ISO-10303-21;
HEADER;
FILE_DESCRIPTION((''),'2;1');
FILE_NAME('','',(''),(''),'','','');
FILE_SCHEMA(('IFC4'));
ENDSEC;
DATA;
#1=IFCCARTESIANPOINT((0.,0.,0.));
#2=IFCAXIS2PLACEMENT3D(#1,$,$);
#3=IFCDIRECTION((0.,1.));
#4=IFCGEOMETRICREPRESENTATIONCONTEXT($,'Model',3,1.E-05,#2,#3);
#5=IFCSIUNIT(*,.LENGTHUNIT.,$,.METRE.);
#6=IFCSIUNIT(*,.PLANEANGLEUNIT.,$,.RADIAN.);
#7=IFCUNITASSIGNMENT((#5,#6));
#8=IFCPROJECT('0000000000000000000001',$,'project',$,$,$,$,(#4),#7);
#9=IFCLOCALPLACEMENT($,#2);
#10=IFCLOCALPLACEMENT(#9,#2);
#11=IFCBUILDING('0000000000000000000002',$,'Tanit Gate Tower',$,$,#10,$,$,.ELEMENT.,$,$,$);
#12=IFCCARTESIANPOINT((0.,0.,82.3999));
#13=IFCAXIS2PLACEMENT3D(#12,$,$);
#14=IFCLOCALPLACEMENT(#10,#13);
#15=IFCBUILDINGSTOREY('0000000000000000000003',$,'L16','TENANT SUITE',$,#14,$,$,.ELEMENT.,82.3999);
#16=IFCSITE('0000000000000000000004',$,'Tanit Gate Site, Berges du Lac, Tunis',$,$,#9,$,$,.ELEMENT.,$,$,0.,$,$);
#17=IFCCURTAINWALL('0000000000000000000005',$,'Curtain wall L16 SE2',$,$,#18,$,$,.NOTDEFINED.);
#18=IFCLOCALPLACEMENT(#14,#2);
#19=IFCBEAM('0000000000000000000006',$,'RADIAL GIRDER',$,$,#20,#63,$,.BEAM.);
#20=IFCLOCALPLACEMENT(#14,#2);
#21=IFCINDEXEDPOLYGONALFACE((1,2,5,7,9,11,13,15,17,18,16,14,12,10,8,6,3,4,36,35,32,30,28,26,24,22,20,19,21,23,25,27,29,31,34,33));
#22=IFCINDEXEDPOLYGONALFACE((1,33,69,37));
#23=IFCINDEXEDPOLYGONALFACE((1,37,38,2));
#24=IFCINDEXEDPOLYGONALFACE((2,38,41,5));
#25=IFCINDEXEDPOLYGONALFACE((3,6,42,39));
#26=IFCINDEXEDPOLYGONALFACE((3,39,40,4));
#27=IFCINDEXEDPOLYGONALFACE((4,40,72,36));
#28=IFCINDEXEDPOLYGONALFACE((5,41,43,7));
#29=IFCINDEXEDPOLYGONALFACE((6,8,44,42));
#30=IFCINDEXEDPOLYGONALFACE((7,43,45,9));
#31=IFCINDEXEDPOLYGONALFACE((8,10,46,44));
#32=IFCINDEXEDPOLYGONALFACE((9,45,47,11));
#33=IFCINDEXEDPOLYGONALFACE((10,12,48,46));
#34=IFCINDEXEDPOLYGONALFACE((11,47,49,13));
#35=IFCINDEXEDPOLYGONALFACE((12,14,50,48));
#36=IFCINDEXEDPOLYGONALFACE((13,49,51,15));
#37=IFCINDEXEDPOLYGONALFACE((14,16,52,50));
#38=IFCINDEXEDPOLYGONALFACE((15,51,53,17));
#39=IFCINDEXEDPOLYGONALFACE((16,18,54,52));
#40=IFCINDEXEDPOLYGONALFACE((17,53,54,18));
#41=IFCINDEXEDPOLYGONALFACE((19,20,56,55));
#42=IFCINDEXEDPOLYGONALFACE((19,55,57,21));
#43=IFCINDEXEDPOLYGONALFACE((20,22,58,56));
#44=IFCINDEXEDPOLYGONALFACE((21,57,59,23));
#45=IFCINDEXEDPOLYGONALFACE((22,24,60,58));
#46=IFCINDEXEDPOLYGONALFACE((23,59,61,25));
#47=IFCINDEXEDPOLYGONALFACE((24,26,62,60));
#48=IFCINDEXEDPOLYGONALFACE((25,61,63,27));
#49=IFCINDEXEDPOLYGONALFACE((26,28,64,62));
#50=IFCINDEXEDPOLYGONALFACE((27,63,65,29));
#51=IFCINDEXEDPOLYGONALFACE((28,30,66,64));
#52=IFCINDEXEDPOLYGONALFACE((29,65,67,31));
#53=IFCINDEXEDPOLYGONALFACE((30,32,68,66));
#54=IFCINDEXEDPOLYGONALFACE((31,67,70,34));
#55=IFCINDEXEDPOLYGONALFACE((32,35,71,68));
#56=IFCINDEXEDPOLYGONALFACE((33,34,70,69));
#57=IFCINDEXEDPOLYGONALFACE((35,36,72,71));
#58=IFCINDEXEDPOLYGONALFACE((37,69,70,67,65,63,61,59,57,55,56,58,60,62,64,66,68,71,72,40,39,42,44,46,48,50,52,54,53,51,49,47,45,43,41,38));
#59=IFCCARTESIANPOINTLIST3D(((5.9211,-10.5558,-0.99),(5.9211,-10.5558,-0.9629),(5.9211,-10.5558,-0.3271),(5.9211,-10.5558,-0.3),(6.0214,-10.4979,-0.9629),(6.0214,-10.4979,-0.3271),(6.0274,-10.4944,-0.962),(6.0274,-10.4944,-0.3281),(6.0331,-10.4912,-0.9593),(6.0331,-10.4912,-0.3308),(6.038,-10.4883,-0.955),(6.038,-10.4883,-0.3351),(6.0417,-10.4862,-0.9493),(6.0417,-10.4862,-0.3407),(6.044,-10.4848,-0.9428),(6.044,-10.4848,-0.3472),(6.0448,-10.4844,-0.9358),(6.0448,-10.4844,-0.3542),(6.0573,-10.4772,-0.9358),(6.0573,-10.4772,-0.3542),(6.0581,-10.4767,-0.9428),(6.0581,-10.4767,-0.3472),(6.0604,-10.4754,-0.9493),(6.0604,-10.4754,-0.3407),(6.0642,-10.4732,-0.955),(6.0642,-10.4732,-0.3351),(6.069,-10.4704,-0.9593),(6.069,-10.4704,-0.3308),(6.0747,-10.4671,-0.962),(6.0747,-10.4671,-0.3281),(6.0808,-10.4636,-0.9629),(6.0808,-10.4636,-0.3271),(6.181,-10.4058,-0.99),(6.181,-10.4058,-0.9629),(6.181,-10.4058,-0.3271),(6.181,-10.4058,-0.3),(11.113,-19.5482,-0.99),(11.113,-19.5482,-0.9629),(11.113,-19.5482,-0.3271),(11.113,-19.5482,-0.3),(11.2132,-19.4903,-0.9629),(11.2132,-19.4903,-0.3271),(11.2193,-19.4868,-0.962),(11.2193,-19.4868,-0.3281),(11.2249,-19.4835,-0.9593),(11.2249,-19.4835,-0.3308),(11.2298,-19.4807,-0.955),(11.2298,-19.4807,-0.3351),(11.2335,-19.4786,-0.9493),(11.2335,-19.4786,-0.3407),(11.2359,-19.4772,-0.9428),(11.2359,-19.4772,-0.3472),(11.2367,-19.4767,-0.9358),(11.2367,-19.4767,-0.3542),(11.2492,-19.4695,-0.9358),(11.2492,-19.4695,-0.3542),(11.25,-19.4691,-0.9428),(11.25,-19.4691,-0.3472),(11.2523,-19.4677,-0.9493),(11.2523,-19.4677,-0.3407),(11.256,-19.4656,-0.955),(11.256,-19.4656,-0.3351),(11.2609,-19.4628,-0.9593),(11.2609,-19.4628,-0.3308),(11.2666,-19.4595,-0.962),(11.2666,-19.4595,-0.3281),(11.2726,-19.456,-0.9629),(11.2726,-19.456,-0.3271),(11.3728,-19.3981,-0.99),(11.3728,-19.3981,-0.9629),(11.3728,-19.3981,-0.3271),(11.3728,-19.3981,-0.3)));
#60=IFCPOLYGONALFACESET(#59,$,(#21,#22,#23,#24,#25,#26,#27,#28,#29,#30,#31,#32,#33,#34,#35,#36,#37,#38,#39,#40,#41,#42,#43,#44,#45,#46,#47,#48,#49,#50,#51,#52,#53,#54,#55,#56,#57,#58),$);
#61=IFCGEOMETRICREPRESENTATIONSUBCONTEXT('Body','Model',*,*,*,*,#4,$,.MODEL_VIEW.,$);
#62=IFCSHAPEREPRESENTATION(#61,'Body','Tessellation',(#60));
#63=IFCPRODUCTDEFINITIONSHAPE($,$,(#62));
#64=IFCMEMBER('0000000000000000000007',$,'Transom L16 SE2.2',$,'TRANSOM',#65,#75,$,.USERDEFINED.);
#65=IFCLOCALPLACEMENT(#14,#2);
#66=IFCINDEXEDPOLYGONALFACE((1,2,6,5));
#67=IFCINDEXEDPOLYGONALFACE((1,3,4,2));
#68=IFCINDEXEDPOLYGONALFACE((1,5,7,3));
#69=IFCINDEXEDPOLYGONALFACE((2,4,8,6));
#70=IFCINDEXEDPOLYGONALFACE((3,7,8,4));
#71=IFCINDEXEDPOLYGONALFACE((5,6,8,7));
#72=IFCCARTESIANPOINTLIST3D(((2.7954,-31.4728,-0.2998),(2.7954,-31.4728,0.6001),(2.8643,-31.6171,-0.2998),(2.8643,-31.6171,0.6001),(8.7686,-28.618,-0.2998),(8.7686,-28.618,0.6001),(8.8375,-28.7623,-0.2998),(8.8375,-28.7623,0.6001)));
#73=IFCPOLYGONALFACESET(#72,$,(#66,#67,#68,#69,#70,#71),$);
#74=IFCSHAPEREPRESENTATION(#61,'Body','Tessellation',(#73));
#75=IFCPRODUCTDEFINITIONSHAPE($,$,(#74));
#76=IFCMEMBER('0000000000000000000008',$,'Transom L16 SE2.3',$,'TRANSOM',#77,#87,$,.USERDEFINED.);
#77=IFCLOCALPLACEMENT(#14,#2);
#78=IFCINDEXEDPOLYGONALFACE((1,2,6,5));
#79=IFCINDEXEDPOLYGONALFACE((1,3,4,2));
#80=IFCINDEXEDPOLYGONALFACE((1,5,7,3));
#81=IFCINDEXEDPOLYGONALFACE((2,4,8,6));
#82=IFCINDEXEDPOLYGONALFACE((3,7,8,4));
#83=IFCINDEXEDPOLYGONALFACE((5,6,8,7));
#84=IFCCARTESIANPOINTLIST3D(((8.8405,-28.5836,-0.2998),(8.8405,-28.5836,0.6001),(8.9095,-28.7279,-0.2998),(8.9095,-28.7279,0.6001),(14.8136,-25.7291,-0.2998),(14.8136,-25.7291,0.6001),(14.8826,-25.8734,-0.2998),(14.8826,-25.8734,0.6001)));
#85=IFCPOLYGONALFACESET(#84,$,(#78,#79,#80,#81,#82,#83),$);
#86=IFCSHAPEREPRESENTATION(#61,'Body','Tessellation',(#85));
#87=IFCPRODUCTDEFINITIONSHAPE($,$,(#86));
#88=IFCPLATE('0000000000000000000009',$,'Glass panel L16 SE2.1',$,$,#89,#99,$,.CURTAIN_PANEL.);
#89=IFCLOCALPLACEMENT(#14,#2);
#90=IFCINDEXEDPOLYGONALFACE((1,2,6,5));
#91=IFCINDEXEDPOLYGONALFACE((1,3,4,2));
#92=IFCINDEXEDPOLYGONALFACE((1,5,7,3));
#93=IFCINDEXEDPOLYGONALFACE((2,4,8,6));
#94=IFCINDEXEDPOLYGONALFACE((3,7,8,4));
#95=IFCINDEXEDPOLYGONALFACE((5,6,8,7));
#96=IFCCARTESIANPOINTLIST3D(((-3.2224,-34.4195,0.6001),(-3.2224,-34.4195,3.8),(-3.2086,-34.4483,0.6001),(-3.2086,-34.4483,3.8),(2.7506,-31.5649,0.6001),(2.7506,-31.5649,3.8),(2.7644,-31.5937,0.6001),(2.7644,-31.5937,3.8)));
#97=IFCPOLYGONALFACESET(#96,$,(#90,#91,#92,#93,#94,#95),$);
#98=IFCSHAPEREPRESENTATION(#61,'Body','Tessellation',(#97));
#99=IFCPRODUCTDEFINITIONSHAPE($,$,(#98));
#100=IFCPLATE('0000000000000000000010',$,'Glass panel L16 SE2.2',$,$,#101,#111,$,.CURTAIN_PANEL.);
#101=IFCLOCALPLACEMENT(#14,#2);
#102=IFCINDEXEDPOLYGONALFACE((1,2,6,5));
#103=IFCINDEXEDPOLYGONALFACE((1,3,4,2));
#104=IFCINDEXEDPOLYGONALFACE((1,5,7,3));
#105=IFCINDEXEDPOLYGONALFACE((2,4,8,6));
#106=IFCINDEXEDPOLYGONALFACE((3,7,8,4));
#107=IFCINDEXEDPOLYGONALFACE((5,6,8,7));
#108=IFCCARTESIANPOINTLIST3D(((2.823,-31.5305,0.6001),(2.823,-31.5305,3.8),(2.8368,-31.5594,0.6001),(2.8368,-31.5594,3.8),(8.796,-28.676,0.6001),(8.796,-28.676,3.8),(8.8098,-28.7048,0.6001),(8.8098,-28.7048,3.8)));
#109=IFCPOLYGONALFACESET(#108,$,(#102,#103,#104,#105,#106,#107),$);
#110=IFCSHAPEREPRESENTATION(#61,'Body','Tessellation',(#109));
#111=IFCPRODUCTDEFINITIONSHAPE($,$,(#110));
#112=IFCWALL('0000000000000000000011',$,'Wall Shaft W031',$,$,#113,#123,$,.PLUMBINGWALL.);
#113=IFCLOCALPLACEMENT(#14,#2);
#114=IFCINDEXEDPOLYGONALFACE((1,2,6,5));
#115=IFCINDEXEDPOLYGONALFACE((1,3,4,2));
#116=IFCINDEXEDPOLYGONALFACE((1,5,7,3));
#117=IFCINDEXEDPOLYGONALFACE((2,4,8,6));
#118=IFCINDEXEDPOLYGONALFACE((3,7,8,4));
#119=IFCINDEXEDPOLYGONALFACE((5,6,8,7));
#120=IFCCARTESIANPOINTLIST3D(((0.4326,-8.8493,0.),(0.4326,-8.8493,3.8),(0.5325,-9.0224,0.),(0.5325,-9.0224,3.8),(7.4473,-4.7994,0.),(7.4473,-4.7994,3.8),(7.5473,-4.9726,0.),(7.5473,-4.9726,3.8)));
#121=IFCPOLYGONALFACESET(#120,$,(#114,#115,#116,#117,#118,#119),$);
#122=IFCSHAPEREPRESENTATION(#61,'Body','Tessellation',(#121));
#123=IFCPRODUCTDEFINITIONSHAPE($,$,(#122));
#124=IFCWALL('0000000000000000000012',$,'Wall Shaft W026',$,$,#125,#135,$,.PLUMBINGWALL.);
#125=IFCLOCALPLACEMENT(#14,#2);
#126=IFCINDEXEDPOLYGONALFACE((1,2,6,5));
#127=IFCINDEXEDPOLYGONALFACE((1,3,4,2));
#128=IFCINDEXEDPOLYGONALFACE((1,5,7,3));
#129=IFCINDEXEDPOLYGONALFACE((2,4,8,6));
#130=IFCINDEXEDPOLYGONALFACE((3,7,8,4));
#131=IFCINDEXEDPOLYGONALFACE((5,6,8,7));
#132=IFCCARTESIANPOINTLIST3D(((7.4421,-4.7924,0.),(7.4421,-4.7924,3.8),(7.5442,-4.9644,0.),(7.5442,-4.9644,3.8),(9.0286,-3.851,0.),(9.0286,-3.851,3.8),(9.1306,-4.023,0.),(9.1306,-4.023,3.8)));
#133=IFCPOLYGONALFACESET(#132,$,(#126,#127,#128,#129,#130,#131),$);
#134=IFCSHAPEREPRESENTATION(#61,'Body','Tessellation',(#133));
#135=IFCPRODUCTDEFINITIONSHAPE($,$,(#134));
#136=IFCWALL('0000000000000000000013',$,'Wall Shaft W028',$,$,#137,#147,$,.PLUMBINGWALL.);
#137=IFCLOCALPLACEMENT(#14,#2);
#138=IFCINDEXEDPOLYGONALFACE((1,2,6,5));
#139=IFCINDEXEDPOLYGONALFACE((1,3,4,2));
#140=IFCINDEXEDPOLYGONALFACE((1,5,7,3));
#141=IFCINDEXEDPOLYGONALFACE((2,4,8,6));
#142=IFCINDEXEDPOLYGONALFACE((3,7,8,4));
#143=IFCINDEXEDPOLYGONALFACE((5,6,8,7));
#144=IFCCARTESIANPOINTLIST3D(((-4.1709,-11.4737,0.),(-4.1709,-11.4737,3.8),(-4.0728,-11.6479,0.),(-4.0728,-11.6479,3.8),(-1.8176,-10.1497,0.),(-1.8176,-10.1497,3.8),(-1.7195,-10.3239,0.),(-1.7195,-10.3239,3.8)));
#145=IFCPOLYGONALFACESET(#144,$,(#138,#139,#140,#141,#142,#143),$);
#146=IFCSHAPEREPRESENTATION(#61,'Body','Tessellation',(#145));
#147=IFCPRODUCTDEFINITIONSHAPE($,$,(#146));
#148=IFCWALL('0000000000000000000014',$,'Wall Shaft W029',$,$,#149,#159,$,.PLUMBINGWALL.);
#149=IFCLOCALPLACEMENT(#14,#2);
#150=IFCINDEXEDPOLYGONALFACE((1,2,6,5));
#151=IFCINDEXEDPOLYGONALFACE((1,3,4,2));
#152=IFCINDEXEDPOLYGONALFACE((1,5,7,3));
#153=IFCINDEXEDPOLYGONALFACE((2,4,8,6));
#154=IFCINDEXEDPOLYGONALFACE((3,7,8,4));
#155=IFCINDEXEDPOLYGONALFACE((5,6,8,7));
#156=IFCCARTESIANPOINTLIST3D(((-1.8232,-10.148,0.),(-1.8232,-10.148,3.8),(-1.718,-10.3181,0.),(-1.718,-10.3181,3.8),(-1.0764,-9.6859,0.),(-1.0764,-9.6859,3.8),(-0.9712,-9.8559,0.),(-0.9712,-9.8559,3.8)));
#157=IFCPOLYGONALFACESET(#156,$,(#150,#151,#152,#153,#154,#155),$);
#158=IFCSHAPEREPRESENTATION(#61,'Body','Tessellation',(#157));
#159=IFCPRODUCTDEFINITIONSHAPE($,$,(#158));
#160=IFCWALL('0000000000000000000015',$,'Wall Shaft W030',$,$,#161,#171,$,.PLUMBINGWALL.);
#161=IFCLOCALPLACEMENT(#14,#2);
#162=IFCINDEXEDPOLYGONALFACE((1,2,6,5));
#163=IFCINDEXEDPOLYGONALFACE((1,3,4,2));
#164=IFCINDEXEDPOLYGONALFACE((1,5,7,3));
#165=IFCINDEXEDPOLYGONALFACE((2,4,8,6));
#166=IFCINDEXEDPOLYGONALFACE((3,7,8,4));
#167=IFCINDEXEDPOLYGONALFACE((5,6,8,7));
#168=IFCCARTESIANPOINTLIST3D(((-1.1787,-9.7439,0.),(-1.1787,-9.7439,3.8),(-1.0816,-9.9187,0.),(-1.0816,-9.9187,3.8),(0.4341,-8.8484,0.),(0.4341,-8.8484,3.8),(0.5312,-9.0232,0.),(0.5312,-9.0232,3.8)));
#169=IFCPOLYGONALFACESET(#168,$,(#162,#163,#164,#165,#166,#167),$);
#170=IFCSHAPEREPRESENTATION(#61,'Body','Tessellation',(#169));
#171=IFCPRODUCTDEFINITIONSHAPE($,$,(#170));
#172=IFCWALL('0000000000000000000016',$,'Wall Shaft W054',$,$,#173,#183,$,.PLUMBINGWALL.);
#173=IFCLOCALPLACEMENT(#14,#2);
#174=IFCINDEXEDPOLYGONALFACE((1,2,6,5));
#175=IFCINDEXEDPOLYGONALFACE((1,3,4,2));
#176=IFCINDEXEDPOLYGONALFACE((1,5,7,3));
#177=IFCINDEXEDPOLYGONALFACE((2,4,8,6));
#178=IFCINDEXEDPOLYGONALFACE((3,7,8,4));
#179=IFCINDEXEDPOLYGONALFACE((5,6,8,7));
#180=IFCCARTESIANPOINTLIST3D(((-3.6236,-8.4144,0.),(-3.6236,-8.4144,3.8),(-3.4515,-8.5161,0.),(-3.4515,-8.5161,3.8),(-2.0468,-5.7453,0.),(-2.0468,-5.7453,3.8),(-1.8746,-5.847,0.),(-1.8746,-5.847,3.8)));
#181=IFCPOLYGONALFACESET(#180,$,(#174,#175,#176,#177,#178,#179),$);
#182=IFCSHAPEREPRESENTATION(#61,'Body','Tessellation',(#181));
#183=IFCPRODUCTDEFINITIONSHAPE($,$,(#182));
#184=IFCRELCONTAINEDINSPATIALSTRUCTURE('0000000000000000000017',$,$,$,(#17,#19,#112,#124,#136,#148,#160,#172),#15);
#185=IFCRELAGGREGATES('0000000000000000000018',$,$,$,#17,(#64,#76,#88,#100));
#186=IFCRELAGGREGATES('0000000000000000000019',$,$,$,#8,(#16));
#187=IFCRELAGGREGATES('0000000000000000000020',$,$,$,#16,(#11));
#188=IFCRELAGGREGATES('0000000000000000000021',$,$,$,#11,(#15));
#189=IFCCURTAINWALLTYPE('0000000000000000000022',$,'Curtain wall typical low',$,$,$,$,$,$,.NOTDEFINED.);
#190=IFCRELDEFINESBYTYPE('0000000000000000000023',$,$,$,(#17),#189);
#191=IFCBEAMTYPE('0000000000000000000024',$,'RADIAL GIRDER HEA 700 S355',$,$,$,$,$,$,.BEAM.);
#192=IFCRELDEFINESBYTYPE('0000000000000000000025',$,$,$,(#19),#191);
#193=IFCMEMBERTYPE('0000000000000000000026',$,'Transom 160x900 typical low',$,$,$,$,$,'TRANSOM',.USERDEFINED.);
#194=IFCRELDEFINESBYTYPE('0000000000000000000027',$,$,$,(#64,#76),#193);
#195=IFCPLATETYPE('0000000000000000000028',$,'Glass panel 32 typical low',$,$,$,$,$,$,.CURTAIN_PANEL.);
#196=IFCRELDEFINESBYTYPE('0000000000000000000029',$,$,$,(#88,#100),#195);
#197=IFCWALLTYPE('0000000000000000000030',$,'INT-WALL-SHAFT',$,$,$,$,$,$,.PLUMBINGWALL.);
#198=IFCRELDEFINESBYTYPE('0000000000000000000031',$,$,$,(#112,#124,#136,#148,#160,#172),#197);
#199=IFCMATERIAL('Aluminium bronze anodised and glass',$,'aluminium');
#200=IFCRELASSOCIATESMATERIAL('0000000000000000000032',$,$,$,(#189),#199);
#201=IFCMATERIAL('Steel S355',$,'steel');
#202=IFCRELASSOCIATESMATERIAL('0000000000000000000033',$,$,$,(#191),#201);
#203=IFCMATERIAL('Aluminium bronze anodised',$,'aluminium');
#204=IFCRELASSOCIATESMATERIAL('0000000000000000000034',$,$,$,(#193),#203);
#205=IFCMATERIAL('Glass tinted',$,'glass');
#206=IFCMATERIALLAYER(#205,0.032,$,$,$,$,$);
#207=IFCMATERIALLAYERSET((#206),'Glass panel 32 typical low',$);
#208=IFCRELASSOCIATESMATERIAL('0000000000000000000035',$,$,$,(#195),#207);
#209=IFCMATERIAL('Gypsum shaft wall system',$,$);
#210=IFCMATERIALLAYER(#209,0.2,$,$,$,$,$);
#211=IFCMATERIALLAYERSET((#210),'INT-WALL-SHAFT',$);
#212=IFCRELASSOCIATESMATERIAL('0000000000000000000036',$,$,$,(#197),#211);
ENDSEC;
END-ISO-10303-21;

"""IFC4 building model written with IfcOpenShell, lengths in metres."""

from ifc_helpers import new_model, si_unit, direction, frame, frame_2d, origin, origin_2d, place, context, subcontext, project, spatial, rectangle, i_section, extrude, material, layer, layer_set, material_profile, profile_set, type_object, element, aggregate, save


model = new_model("IFC4")

# Units and contexts
model_context = context("Model", 3, precision=1e-05, world=origin(), true_north=direction((0.0, 1.0)))
body_context = subcontext(model_context, "Body", "Model", "MODEL_VIEW")
ifc_project = project(units=[si_unit("LENGTHUNIT", "METRE"), si_unit("PLANEANGLEUNIT", "RADIAN")], contexts=[model_context])

# Site, building, storey
site_placement = place(None, origin())
site = spatial("IfcSite", under=ifc_project, at=site_placement, Name="Tanit Gate Site, Berges du Lac, Tunis", CompositionType="ELEMENT", RefElevation=0.0)
building_placement = place(site_placement, origin())
building = spatial("IfcBuilding", under=site, at=building_placement, Name="Tanit Gate Tower", CompositionType="ELEMENT")
storey_placement = place(building_placement, frame((0.0, 0.0, 82.3999)))
storey = spatial("IfcBuildingStorey", under=building, at=storey_placement, Name="L16", Description="TENANT SUITE", CompositionType="ELEMENT", Elevation=82.3999)

# Curtain wall
ifc_material_1 = material(Name="Aluminium bronze anodised and glass", Category="aluminium")
curtain_wall_type = type_object("IfcCurtainWallType", Name="Curtain wall typical low", PredefinedType="NOTDEFINED", material=ifc_material_1)
curtain_wall_placement = place(storey_placement, origin())
curtain_wall = element("IfcCurtainWall", 1, at=curtain_wall_placement, inside=storey, type_object=curtain_wall_type, Name="Curtain wall L16 SE2", PredefinedType="NOTDEFINED")

# Beam
ifc_material_2 = material(Name="Steel S355", Category="steel")
ifc_material_profile_1 = material_profile(ifc_material_2, i_section(OverallWidth=0.3, OverallDepth=0.6899, WebThickness=0.0144, FlangeThickness=0.0271, FilletRadius=0.0271, at=origin_2d()), Name="HEA 700")
ifc_profile_set_1 = profile_set([ifc_material_profile_1], Name="Steel S355")
beam_type = type_object("IfcBeamType", Name="RADIAL GIRDER HEA 700 S355", PredefinedType="BEAM", material=ifc_profile_set_1)
beam_1_placement = place(storey_placement, frame((11.2429, -19.4731, -0.645), z_axis=(-0.500008, 0.866021, 0.0), x_axis=(-0.866021, -0.500008, 0.0)))
element("IfcBeam", 2, at=beam_1_placement, inside=storey, type_object=beam_type, Name="RADIAL GIRDER", PredefinedType="BEAM", context=body_context, shape_type="SweptSolid", body=[
    extrude(i_section(OverallWidth=0.3, OverallDepth=0.6899, WebThickness=0.0144, FlangeThickness=0.0271, FilletRadius=0.0271, at=origin_2d()), origin(), (0.0, 0.0, 1.0), 10.3835),
])

# Members
ifc_material_3 = material(Name="Aluminium bronze anodised", Category="aluminium")
ifc_material_profile_2 = material_profile(ifc_material_3, rectangle(XDim=0.1599, YDim=0.8999, at=origin_2d()), Name="160x900 bronze transom")
ifc_profile_set_2 = profile_set([ifc_material_profile_2], Name="Aluminium bronze anodised")
member_type_1 = type_object("IfcMemberType", Name="Transom 160x900 typical low", ElementType="TRANSOM", PredefinedType="USERDEFINED", material=ifc_profile_set_2)
member_1_placement = place(storey_placement, frame((2.8298, -31.5449, 0.1501), z_axis=(0.902251, 0.431211, 0.0), x_axis=(-0.431211, 0.902251, 0.0)))
member_1 = element("IfcMember", 3, at=member_1_placement, type_object=member_type_1, Name="Transom L16 SE2.2", ObjectType="TRANSOM", PredefinedType="USERDEFINED", context=body_context, shape_type="SweptSolid", body=[
    extrude(rectangle(XDim=0.1599, YDim=0.8999, at=origin_2d()), origin(), (0.0, 0.0, 1.0), 6.6204),
])
member_2_placement = place(storey_placement, frame((8.875, -28.6558, 0.1501), z_axis=(0.902265, 0.431181, 0.0), x_axis=(-0.431181, 0.902265, 0.0)))
member_2 = element("IfcMember", 4, at=member_2_placement, type_object=member_type_1, Name="Transom L16 SE2.3", ObjectType="TRANSOM", PredefinedType="USERDEFINED", context=body_context, shape_type="SweptSolid", body=[
    extrude(rectangle(XDim=0.1599, YDim=0.8999, at=origin_2d()), origin(), (0.0, 0.0, 1.0), 6.6201),
])

# Plates
ifc_material_4 = material(Name="Glass tinted", Category="glass")
ifc_layer_1 = layer(ifc_material_4, 0.032)
ifc_layer_set_1 = layer_set([ifc_layer_1], Name="Glass panel 32 typical low")
plate_type = type_object("IfcPlateType", Name="Glass panel 32 typical low", PredefinedType="CURTAIN_PANEL", material=ifc_layer_set_1)
plate_1_placement = place(storey_placement, frame((-0.229, -33.0066, 0.6001), z_axis=(0.0, 0.0, 1.0), x_axis=(0.902258, 0.431197, 0.0)))
plate_1 = element("IfcPlate", 5, at=plate_1_placement, type_object=plate_type, Name="Glass panel L16 SE2.1", PredefinedType="CURTAIN_PANEL", context=body_context, shape_type="SweptSolid", body=[
    extrude(rectangle(XDim=6.6201, YDim=0.032, at=origin_2d()), origin(), (0.0, 0.0, 1.0), 3.2),
])
plate_2_placement = place(storey_placement, frame((5.8164, -30.1177, 0.6001), z_axis=(0.0, 0.0, 1.0), x_axis=(0.902258, 0.431197, 0.0)))
plate_2 = element("IfcPlate", 6, at=plate_2_placement, type_object=plate_type, Name="Glass panel L16 SE2.2", PredefinedType="CURTAIN_PANEL", context=body_context, shape_type="SweptSolid", body=[
    extrude(rectangle(XDim=6.6201, YDim=0.032, at=origin_2d()), origin(), (0.0, 0.0, 1.0), 3.2),
])
aggregate(curtain_wall, [member_1, member_2, plate_1, plate_2])

# Walls
ifc_material_5 = material(Name="Gypsum shaft wall system")
ifc_layer_2 = layer(ifc_material_5, 0.2)
ifc_layer_set_2 = layer_set([ifc_layer_2], Name="INT-WALL-SHAFT")
wall_type = type_object("IfcWallType", Name="INT-WALL-SHAFT", PredefinedType="PLUMBINGWALL", material=ifc_layer_set_2)
wall_1_placement = place(storey_placement, frame((0.4827, -8.9358, 0.0), z_axis=(0.0, 0.0, 1.0), x_axis=(0.866031, 0.49999, 0.0)))
element("IfcWall", 7, at=wall_1_placement, inside=storey, type_object=wall_type, Name="Wall Shaft W031", PredefinedType="PLUMBINGWALL", context=body_context, shape_type="SweptSolid", body=[
    extrude(rectangle(XDim=8.0999, YDim=0.2, at=frame_2d((4.0498, 0.0))), origin(), (0.0, 0.0, 1.0), 3.8),
])
wall_2_placement = place(storey_placement, frame((7.4932, -4.8784, 0.0), z_axis=(0.0, 0.0, 1.0), x_axis=(0.859982, 0.510325, 0.0)))
element("IfcWall", 8, at=wall_2_placement, inside=storey, type_object=wall_type, Name="Wall Shaft W026", PredefinedType="PLUMBINGWALL", context=body_context, shape_type="SweptSolid", body=[
    extrude(rectangle(XDim=1.8447, YDim=0.2, at=frame_2d((0.9224, 0.0))), origin(), (0.0, 0.0, 1.0), 3.8),
])
wall_3_placement = place(storey_placement, frame((-1.7686, -10.2368, 0.0), z_axis=(0.0, 0.0, 1.0), x_axis=(-0.871534, -0.490334, 0.0)))
element("IfcWall", 9, at=wall_3_placement, inside=storey, type_object=wall_type, Name="Wall Shaft W028", PredefinedType="PLUMBINGWALL", context=body_context, shape_type="SweptSolid", body=[
    extrude(rectangle(XDim=2.7002, YDim=0.2, at=frame_2d((1.3501, 0.0))), origin(), (0.0, 0.0, 1.0), 3.8),
])
wall_4_placement = place(storey_placement, frame((-1.0239, -9.771, 0.0), z_axis=(0.0, 0.0, 1.0), x_axis=(-0.850348, -0.526221, 0.0)))
element("IfcWall", 10, at=wall_4_placement, inside=storey, type_object=wall_type, Name="Wall Shaft W029", PredefinedType="PLUMBINGWALL", context=body_context, shape_type="SweptSolid", body=[
    extrude(rectangle(XDim=0.8782, YDim=0.2, at=frame_2d((0.439, 0.0))), origin(), (0.0, 0.0, 1.0), 3.8),
])
wall_5_placement = place(storey_placement, frame((-1.1301, -9.8313, 0.0), z_axis=(0.0, 0.0, 1.0), x_axis=(0.87427, 0.485441, 0.0)))
element("IfcWall", 11, at=wall_5_placement, inside=storey, type_object=wall_type, Name="Wall Shaft W030", PredefinedType="PLUMBINGWALL", context=body_context, shape_type="SweptSolid", body=[
    extrude(rectangle(XDim=1.8447, YDim=0.2, at=frame_2d((0.9224, 0.0))), origin(), (0.0, 0.0, 1.0), 3.8),
])
wall_6_placement = place(storey_placement, frame((-1.9607, -5.7961, 0.0), z_axis=(0.0, 0.0, 1.0), x_axis=(-0.508647, -0.860975, 0.0)))
element("IfcWall", 12, at=wall_6_placement, inside=storey, type_object=wall_type, Name="Wall Shaft W054", PredefinedType="PLUMBINGWALL", context=body_context, shape_type="SweptSolid", body=[
    extrude(rectangle(XDim=3.1001, YDim=0.2, at=frame_2d((1.55, 0.0))), origin(), (0.0, 0.0, 1.0), 3.8),
])

save(model, "model.ifc")
